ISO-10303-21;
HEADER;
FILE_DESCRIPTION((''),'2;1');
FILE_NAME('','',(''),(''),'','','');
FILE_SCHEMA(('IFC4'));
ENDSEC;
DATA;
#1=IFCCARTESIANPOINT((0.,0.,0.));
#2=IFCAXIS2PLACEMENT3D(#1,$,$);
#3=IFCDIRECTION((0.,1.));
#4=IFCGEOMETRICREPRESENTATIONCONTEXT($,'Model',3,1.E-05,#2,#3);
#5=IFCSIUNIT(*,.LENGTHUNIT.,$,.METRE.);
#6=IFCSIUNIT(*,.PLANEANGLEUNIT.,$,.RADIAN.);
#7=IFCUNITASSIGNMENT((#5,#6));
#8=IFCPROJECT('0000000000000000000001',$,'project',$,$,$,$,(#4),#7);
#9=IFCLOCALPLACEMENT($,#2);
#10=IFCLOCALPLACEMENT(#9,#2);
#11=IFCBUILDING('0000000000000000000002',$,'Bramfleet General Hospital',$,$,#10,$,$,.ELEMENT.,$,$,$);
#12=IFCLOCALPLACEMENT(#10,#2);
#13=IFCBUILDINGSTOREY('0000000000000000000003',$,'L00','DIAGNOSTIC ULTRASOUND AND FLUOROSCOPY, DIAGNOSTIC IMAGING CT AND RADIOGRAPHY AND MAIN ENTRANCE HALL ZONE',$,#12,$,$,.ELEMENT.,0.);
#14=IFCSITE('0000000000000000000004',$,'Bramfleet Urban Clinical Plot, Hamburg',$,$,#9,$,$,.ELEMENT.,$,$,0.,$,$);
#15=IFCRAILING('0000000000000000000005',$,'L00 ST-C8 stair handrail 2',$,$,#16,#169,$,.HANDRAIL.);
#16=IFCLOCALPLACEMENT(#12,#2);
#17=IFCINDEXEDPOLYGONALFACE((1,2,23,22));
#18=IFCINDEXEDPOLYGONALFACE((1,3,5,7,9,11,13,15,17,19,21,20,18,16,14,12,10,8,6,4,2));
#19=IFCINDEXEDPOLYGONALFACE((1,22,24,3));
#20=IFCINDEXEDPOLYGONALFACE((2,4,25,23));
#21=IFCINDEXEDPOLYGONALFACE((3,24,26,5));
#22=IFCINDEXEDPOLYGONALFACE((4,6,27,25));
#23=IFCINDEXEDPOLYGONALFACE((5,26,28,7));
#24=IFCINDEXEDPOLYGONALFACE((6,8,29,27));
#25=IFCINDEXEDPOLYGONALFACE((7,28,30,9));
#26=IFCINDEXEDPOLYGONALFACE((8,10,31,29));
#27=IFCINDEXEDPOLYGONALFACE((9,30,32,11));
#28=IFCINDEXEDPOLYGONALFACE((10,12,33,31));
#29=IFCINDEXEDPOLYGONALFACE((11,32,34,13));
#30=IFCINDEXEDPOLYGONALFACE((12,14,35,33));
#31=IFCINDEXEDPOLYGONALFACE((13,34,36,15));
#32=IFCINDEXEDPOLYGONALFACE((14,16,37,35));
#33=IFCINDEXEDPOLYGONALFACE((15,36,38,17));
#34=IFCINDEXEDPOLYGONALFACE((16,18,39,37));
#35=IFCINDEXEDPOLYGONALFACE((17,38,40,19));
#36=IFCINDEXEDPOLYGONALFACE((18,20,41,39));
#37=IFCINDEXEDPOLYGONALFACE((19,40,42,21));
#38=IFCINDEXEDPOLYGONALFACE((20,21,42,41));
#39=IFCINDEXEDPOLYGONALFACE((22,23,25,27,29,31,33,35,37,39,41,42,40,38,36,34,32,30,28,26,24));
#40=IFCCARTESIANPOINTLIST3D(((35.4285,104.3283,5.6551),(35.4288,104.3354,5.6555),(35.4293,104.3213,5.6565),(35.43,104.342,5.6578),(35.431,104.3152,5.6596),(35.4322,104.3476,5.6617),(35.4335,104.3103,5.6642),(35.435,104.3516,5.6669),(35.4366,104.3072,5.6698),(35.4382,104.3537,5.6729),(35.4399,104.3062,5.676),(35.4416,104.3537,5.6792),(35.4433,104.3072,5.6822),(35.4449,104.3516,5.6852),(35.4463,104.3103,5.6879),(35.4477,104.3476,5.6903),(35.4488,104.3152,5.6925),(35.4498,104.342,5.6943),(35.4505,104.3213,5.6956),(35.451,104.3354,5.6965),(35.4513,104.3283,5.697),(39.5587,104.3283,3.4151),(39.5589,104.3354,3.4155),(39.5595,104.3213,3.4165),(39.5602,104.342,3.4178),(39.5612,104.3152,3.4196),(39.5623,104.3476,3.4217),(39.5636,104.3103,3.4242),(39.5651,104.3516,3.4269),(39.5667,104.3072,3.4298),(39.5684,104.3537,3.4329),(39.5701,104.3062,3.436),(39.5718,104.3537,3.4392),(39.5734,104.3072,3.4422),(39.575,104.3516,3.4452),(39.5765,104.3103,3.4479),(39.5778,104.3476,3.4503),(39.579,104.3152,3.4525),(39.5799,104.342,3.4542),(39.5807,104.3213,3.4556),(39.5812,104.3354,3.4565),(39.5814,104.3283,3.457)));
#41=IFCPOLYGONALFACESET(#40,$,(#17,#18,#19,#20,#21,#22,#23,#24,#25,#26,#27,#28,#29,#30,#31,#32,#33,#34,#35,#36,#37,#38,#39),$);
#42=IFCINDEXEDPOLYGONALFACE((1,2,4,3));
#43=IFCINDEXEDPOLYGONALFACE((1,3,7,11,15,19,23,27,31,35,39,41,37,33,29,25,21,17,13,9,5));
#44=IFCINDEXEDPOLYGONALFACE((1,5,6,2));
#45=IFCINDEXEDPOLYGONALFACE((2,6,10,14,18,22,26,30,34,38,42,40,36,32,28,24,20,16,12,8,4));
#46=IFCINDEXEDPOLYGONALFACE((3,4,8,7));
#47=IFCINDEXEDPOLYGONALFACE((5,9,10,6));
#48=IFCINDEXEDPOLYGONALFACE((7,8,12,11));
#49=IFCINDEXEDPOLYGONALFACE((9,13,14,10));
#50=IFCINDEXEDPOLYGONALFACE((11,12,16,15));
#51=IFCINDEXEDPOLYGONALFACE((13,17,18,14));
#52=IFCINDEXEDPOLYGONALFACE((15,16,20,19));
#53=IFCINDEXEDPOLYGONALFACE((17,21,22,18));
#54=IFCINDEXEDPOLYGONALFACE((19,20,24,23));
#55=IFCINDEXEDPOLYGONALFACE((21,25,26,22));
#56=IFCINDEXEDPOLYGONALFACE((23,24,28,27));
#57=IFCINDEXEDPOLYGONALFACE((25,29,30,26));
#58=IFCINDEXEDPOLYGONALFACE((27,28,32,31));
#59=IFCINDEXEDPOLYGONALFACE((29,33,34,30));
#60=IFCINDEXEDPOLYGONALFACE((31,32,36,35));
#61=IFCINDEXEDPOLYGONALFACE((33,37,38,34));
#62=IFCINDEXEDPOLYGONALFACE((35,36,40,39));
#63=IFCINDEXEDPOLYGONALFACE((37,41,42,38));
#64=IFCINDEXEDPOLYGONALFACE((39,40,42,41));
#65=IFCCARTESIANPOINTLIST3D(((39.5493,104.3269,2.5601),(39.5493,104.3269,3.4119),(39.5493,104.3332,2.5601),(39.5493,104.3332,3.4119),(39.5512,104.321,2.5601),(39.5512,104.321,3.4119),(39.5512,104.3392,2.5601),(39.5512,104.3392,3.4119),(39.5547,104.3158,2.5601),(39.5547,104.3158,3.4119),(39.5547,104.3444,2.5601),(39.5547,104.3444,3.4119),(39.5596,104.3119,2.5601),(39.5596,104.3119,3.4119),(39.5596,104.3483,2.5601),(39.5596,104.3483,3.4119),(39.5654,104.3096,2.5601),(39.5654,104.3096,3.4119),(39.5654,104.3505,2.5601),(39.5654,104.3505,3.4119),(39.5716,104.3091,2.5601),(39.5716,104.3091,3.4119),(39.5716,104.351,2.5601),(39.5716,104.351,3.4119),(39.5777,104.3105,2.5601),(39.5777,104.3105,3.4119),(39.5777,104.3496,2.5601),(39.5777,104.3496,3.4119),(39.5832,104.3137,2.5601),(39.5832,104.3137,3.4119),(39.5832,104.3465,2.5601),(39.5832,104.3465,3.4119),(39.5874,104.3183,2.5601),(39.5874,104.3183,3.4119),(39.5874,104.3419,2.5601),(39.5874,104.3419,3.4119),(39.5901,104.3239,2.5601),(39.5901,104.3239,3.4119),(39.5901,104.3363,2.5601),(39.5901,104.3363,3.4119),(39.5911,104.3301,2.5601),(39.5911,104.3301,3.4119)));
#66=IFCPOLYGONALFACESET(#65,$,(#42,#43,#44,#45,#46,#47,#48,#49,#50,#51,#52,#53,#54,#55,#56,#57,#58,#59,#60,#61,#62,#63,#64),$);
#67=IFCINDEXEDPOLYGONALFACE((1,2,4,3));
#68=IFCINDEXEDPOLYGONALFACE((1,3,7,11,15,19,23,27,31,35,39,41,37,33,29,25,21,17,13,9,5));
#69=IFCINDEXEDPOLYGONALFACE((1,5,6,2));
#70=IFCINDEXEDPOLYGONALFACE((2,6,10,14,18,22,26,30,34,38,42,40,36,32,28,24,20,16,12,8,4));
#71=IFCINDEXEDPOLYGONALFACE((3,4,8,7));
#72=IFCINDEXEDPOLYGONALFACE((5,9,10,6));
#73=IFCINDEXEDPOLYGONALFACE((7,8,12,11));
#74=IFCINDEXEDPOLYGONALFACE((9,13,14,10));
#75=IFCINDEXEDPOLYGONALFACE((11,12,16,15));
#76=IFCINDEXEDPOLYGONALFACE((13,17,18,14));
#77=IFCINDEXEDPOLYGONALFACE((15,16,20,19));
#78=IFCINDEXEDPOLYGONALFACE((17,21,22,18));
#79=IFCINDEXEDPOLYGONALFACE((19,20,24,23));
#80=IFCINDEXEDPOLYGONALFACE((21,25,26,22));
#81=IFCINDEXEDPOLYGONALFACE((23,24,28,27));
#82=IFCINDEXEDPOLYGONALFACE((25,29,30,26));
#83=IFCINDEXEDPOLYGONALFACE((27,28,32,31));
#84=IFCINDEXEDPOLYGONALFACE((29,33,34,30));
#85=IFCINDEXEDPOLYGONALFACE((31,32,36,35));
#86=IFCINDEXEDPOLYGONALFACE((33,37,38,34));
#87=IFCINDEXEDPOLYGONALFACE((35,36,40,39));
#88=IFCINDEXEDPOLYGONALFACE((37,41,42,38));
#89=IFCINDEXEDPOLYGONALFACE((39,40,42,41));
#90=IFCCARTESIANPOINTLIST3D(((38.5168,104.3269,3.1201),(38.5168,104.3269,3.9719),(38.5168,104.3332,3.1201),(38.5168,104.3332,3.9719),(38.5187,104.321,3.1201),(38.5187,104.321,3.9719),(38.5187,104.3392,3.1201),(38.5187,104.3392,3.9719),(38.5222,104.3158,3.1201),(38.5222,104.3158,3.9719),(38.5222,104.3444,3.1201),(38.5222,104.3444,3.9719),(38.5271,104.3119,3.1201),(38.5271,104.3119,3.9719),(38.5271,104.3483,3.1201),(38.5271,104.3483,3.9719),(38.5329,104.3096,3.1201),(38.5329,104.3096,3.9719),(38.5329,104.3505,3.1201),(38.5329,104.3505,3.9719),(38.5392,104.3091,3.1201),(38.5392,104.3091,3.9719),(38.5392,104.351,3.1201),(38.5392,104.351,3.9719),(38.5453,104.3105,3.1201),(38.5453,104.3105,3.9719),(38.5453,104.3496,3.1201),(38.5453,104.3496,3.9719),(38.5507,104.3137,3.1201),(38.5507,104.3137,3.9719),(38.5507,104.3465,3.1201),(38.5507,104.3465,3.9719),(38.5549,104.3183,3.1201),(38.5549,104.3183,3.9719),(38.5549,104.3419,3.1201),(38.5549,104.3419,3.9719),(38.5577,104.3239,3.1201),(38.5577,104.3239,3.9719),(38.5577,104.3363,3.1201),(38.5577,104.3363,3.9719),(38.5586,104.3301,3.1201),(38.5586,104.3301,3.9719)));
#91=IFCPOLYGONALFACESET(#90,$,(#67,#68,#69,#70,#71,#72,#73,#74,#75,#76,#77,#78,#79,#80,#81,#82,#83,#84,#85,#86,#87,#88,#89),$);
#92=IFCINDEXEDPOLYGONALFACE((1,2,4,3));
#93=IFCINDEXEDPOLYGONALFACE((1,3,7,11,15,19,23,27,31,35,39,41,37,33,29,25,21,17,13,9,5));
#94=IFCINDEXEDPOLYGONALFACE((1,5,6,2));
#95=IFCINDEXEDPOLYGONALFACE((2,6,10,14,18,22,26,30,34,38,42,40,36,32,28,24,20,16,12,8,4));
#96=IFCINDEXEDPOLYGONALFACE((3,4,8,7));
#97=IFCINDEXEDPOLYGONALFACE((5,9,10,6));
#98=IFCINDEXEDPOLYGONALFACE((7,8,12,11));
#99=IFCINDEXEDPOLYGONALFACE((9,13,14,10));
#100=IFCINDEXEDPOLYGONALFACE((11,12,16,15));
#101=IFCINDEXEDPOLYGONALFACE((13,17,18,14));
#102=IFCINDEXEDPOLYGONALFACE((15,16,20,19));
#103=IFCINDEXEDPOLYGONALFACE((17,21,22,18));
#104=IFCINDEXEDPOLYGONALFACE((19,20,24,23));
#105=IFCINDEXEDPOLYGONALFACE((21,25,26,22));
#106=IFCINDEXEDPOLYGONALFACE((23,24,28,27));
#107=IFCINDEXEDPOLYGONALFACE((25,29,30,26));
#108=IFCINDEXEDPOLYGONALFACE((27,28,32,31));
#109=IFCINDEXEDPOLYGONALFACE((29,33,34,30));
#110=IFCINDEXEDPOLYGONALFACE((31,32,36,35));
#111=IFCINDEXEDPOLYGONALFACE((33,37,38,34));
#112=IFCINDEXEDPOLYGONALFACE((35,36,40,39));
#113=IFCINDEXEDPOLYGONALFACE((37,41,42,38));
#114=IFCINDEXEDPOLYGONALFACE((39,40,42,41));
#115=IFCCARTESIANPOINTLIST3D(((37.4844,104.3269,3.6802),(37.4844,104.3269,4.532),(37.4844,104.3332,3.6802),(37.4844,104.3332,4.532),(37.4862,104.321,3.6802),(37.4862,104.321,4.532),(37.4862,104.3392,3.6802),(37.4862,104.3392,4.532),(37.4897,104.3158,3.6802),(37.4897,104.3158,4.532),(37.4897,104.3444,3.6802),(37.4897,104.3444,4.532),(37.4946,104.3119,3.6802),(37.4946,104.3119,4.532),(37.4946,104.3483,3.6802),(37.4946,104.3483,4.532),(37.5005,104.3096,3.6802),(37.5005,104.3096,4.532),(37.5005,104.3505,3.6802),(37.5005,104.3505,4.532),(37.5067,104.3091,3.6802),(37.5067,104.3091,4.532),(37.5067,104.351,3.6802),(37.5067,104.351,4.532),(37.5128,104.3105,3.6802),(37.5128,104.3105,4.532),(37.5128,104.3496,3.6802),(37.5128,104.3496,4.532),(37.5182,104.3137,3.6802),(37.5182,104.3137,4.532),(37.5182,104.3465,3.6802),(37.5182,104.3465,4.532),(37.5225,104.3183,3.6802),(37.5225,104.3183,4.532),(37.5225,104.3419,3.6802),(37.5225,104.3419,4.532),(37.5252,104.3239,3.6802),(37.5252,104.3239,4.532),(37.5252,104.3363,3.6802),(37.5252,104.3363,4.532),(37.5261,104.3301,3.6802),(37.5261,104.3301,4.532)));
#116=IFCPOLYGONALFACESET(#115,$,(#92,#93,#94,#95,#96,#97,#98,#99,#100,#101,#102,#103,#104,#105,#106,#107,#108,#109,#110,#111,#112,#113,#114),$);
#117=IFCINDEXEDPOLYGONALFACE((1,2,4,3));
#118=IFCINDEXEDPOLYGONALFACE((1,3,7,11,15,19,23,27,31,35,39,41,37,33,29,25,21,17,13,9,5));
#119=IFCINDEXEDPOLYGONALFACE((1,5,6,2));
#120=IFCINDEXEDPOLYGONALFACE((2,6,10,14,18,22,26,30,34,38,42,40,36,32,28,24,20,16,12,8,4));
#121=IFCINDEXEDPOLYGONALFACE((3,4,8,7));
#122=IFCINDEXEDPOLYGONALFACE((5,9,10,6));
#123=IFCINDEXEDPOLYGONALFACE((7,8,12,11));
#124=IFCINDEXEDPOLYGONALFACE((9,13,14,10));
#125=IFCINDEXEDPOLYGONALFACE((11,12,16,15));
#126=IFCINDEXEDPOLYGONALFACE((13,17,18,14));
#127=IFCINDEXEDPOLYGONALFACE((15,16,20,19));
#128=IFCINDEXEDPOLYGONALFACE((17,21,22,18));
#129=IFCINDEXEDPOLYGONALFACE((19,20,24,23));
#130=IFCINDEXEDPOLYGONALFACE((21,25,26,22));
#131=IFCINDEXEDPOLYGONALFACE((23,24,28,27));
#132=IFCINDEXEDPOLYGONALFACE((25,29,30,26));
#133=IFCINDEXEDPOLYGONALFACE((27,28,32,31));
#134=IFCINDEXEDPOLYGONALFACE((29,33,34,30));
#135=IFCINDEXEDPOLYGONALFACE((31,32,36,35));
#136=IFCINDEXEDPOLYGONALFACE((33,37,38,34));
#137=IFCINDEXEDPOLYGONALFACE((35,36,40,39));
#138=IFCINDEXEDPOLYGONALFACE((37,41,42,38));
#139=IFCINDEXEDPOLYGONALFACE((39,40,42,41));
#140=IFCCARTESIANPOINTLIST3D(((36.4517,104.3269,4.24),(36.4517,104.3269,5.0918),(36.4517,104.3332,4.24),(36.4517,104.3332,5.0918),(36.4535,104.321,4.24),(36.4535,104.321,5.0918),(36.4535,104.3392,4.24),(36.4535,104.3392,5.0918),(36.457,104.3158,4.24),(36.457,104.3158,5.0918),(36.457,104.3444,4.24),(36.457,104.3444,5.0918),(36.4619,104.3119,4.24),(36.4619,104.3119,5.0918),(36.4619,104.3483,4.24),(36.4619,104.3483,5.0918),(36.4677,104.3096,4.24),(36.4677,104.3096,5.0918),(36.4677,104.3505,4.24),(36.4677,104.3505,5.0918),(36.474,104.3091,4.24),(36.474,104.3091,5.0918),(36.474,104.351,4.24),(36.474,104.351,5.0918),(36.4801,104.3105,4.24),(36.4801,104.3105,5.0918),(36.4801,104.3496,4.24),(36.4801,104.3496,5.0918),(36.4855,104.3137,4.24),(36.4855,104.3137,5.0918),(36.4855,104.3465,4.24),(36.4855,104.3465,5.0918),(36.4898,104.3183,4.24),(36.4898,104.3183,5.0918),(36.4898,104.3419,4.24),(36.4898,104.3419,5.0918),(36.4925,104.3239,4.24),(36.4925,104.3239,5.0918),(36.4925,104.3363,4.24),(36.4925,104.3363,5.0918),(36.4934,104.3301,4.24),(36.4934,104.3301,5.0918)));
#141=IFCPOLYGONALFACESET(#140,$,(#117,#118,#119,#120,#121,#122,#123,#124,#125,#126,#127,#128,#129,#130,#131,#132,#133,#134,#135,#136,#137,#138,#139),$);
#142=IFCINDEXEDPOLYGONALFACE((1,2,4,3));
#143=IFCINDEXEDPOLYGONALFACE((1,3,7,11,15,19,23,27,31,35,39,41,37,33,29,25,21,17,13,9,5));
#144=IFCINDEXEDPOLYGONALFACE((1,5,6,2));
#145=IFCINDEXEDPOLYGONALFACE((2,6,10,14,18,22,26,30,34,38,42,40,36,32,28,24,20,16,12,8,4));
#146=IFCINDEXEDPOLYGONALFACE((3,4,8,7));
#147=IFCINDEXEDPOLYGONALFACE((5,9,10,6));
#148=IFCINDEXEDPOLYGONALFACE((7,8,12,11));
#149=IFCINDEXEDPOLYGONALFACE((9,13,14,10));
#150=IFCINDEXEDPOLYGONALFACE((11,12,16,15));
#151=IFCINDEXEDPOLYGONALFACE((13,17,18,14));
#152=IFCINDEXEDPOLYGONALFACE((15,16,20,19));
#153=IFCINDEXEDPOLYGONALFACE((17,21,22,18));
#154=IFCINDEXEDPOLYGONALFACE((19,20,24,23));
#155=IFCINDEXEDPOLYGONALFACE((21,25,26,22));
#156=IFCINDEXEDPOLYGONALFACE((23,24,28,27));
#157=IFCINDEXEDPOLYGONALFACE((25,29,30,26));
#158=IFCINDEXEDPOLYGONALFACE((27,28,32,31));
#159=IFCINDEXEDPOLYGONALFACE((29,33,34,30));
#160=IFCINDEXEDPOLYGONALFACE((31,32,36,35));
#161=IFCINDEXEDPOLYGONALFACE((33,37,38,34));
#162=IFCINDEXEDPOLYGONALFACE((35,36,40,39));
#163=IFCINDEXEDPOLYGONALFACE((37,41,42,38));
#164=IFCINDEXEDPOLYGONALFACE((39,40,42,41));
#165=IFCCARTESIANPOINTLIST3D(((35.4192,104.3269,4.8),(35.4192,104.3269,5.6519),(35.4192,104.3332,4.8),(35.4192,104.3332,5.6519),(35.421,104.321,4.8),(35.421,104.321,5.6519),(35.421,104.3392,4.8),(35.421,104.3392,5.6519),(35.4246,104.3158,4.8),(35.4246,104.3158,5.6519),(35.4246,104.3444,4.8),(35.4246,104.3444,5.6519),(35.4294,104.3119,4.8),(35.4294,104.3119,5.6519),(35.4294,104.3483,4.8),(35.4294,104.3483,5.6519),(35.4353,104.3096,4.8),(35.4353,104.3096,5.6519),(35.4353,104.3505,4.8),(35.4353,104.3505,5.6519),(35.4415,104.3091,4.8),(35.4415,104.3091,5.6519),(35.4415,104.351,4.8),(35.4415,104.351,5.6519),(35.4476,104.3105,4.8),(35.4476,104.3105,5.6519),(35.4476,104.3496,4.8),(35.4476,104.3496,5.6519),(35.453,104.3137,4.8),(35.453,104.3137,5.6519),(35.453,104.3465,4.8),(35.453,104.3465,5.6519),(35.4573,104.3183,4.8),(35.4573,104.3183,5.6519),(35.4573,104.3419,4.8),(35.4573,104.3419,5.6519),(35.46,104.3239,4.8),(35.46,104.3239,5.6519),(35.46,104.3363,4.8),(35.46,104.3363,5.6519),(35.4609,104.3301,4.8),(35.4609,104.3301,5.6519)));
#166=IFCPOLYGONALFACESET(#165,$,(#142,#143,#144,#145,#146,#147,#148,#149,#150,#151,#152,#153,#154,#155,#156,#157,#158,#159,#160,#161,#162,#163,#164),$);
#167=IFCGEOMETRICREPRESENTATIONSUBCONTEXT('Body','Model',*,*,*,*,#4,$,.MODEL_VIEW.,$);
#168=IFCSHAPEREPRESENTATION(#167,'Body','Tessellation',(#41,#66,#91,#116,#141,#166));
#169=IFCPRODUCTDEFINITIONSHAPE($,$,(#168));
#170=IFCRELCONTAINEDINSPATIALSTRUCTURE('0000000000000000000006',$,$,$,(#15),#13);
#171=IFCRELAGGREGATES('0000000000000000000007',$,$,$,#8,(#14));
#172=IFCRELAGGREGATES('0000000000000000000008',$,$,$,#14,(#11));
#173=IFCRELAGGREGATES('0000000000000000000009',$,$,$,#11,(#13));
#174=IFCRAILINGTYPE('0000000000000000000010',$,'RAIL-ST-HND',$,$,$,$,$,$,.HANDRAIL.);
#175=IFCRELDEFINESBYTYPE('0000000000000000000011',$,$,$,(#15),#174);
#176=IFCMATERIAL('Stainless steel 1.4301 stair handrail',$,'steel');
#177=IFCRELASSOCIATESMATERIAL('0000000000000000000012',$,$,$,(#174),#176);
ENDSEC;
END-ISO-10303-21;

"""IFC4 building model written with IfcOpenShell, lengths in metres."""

from ifc_helpers import new_model, si_unit, direction, frame, origin, origin_2d, place, context, subcontext, project, spatial, circle, extrude, material, type_object, element, save


model = new_model("IFC4")

# Units and contexts
model_context = context("Model", 3, precision=1e-05, world=origin(), true_north=direction((0.0, 1.0)))
body_context = subcontext(model_context, "Body", "Model", "MODEL_VIEW")
ifc_project = project(units=[si_unit("LENGTHUNIT", "METRE"), si_unit("PLANEANGLEUNIT", "RADIAN")], contexts=[model_context])

# Site, building, storey
site_placement = place(None, origin())
site = spatial("IfcSite", under=ifc_project, at=site_placement, Name="Bramfleet Urban Clinical Plot, Hamburg", CompositionType="ELEMENT", RefElevation=0.0)
building_placement = place(site_placement, origin())
building = spatial("IfcBuilding", under=site, at=building_placement, Name="Bramfleet General Hospital", CompositionType="ELEMENT")
storey_placement = place(building_placement, origin())
storey = spatial("IfcBuildingStorey", under=building, at=storey_placement, Name="L00", Description="DIAGNOSTIC ULTRASOUND AND FLUOROSCOPY, DIAGNOSTIC IMAGING CT AND RADIOGRAPHY AND MAIN ENTRANCE HALL ZONE", CompositionType="ELEMENT", Elevation=0.0)

# Railing
ifc_material_1 = material(Name="Stainless steel 1.4301 stair handrail", Category="steel")
railing_type = type_object("IfcRailingType", Name="RAIL-ST-HND", PredefinedType="HANDRAIL", material=ifc_material_1)
railing_placement = place(storey_placement, frame((39.5701, 104.3301, 2.5601)))
element("IfcRailing", 1, at=railing_placement, inside=storey, type_object=railing_type, Name="L00 ST-C8 stair handrail 2", PredefinedType="HANDRAIL", context=body_context, shape_type="SweptSolid", body=[
    extrude(circle(Radius=0.0239, at=origin_2d()), frame((0.0, 0.0, 0.876), z_axis=(-0.879039, 0.0, 0.47675), x_axis=(0.0, -1.0, 0.0)), (0.0, 0.0, 1.0), 4.6985),
    extrude(circle(Radius=0.021, at=origin_2d()), origin(), (0.0, 0.0, 1.0), 0.8518),
    extrude(circle(Radius=0.021, at=origin_2d()), frame((-1.0325, 0.0, 0.5601)), (0.0, 0.0, 1.0), 0.8518),
    extrude(circle(Radius=0.021, at=origin_2d()), frame((-2.0649, 0.0, 1.1201)), (0.0, 0.0, 1.0), 0.8518),
    extrude(circle(Radius=0.021, at=origin_2d()), frame((-3.0977, 0.0, 1.6799)), (0.0, 0.0, 1.0), 0.8518),
    extrude(circle(Radius=0.021, at=origin_2d()), frame((-4.1301, 0.0, 2.24)), (0.0, 0.0, 1.0), 0.8518),
])

save(model, "model.ifc")
